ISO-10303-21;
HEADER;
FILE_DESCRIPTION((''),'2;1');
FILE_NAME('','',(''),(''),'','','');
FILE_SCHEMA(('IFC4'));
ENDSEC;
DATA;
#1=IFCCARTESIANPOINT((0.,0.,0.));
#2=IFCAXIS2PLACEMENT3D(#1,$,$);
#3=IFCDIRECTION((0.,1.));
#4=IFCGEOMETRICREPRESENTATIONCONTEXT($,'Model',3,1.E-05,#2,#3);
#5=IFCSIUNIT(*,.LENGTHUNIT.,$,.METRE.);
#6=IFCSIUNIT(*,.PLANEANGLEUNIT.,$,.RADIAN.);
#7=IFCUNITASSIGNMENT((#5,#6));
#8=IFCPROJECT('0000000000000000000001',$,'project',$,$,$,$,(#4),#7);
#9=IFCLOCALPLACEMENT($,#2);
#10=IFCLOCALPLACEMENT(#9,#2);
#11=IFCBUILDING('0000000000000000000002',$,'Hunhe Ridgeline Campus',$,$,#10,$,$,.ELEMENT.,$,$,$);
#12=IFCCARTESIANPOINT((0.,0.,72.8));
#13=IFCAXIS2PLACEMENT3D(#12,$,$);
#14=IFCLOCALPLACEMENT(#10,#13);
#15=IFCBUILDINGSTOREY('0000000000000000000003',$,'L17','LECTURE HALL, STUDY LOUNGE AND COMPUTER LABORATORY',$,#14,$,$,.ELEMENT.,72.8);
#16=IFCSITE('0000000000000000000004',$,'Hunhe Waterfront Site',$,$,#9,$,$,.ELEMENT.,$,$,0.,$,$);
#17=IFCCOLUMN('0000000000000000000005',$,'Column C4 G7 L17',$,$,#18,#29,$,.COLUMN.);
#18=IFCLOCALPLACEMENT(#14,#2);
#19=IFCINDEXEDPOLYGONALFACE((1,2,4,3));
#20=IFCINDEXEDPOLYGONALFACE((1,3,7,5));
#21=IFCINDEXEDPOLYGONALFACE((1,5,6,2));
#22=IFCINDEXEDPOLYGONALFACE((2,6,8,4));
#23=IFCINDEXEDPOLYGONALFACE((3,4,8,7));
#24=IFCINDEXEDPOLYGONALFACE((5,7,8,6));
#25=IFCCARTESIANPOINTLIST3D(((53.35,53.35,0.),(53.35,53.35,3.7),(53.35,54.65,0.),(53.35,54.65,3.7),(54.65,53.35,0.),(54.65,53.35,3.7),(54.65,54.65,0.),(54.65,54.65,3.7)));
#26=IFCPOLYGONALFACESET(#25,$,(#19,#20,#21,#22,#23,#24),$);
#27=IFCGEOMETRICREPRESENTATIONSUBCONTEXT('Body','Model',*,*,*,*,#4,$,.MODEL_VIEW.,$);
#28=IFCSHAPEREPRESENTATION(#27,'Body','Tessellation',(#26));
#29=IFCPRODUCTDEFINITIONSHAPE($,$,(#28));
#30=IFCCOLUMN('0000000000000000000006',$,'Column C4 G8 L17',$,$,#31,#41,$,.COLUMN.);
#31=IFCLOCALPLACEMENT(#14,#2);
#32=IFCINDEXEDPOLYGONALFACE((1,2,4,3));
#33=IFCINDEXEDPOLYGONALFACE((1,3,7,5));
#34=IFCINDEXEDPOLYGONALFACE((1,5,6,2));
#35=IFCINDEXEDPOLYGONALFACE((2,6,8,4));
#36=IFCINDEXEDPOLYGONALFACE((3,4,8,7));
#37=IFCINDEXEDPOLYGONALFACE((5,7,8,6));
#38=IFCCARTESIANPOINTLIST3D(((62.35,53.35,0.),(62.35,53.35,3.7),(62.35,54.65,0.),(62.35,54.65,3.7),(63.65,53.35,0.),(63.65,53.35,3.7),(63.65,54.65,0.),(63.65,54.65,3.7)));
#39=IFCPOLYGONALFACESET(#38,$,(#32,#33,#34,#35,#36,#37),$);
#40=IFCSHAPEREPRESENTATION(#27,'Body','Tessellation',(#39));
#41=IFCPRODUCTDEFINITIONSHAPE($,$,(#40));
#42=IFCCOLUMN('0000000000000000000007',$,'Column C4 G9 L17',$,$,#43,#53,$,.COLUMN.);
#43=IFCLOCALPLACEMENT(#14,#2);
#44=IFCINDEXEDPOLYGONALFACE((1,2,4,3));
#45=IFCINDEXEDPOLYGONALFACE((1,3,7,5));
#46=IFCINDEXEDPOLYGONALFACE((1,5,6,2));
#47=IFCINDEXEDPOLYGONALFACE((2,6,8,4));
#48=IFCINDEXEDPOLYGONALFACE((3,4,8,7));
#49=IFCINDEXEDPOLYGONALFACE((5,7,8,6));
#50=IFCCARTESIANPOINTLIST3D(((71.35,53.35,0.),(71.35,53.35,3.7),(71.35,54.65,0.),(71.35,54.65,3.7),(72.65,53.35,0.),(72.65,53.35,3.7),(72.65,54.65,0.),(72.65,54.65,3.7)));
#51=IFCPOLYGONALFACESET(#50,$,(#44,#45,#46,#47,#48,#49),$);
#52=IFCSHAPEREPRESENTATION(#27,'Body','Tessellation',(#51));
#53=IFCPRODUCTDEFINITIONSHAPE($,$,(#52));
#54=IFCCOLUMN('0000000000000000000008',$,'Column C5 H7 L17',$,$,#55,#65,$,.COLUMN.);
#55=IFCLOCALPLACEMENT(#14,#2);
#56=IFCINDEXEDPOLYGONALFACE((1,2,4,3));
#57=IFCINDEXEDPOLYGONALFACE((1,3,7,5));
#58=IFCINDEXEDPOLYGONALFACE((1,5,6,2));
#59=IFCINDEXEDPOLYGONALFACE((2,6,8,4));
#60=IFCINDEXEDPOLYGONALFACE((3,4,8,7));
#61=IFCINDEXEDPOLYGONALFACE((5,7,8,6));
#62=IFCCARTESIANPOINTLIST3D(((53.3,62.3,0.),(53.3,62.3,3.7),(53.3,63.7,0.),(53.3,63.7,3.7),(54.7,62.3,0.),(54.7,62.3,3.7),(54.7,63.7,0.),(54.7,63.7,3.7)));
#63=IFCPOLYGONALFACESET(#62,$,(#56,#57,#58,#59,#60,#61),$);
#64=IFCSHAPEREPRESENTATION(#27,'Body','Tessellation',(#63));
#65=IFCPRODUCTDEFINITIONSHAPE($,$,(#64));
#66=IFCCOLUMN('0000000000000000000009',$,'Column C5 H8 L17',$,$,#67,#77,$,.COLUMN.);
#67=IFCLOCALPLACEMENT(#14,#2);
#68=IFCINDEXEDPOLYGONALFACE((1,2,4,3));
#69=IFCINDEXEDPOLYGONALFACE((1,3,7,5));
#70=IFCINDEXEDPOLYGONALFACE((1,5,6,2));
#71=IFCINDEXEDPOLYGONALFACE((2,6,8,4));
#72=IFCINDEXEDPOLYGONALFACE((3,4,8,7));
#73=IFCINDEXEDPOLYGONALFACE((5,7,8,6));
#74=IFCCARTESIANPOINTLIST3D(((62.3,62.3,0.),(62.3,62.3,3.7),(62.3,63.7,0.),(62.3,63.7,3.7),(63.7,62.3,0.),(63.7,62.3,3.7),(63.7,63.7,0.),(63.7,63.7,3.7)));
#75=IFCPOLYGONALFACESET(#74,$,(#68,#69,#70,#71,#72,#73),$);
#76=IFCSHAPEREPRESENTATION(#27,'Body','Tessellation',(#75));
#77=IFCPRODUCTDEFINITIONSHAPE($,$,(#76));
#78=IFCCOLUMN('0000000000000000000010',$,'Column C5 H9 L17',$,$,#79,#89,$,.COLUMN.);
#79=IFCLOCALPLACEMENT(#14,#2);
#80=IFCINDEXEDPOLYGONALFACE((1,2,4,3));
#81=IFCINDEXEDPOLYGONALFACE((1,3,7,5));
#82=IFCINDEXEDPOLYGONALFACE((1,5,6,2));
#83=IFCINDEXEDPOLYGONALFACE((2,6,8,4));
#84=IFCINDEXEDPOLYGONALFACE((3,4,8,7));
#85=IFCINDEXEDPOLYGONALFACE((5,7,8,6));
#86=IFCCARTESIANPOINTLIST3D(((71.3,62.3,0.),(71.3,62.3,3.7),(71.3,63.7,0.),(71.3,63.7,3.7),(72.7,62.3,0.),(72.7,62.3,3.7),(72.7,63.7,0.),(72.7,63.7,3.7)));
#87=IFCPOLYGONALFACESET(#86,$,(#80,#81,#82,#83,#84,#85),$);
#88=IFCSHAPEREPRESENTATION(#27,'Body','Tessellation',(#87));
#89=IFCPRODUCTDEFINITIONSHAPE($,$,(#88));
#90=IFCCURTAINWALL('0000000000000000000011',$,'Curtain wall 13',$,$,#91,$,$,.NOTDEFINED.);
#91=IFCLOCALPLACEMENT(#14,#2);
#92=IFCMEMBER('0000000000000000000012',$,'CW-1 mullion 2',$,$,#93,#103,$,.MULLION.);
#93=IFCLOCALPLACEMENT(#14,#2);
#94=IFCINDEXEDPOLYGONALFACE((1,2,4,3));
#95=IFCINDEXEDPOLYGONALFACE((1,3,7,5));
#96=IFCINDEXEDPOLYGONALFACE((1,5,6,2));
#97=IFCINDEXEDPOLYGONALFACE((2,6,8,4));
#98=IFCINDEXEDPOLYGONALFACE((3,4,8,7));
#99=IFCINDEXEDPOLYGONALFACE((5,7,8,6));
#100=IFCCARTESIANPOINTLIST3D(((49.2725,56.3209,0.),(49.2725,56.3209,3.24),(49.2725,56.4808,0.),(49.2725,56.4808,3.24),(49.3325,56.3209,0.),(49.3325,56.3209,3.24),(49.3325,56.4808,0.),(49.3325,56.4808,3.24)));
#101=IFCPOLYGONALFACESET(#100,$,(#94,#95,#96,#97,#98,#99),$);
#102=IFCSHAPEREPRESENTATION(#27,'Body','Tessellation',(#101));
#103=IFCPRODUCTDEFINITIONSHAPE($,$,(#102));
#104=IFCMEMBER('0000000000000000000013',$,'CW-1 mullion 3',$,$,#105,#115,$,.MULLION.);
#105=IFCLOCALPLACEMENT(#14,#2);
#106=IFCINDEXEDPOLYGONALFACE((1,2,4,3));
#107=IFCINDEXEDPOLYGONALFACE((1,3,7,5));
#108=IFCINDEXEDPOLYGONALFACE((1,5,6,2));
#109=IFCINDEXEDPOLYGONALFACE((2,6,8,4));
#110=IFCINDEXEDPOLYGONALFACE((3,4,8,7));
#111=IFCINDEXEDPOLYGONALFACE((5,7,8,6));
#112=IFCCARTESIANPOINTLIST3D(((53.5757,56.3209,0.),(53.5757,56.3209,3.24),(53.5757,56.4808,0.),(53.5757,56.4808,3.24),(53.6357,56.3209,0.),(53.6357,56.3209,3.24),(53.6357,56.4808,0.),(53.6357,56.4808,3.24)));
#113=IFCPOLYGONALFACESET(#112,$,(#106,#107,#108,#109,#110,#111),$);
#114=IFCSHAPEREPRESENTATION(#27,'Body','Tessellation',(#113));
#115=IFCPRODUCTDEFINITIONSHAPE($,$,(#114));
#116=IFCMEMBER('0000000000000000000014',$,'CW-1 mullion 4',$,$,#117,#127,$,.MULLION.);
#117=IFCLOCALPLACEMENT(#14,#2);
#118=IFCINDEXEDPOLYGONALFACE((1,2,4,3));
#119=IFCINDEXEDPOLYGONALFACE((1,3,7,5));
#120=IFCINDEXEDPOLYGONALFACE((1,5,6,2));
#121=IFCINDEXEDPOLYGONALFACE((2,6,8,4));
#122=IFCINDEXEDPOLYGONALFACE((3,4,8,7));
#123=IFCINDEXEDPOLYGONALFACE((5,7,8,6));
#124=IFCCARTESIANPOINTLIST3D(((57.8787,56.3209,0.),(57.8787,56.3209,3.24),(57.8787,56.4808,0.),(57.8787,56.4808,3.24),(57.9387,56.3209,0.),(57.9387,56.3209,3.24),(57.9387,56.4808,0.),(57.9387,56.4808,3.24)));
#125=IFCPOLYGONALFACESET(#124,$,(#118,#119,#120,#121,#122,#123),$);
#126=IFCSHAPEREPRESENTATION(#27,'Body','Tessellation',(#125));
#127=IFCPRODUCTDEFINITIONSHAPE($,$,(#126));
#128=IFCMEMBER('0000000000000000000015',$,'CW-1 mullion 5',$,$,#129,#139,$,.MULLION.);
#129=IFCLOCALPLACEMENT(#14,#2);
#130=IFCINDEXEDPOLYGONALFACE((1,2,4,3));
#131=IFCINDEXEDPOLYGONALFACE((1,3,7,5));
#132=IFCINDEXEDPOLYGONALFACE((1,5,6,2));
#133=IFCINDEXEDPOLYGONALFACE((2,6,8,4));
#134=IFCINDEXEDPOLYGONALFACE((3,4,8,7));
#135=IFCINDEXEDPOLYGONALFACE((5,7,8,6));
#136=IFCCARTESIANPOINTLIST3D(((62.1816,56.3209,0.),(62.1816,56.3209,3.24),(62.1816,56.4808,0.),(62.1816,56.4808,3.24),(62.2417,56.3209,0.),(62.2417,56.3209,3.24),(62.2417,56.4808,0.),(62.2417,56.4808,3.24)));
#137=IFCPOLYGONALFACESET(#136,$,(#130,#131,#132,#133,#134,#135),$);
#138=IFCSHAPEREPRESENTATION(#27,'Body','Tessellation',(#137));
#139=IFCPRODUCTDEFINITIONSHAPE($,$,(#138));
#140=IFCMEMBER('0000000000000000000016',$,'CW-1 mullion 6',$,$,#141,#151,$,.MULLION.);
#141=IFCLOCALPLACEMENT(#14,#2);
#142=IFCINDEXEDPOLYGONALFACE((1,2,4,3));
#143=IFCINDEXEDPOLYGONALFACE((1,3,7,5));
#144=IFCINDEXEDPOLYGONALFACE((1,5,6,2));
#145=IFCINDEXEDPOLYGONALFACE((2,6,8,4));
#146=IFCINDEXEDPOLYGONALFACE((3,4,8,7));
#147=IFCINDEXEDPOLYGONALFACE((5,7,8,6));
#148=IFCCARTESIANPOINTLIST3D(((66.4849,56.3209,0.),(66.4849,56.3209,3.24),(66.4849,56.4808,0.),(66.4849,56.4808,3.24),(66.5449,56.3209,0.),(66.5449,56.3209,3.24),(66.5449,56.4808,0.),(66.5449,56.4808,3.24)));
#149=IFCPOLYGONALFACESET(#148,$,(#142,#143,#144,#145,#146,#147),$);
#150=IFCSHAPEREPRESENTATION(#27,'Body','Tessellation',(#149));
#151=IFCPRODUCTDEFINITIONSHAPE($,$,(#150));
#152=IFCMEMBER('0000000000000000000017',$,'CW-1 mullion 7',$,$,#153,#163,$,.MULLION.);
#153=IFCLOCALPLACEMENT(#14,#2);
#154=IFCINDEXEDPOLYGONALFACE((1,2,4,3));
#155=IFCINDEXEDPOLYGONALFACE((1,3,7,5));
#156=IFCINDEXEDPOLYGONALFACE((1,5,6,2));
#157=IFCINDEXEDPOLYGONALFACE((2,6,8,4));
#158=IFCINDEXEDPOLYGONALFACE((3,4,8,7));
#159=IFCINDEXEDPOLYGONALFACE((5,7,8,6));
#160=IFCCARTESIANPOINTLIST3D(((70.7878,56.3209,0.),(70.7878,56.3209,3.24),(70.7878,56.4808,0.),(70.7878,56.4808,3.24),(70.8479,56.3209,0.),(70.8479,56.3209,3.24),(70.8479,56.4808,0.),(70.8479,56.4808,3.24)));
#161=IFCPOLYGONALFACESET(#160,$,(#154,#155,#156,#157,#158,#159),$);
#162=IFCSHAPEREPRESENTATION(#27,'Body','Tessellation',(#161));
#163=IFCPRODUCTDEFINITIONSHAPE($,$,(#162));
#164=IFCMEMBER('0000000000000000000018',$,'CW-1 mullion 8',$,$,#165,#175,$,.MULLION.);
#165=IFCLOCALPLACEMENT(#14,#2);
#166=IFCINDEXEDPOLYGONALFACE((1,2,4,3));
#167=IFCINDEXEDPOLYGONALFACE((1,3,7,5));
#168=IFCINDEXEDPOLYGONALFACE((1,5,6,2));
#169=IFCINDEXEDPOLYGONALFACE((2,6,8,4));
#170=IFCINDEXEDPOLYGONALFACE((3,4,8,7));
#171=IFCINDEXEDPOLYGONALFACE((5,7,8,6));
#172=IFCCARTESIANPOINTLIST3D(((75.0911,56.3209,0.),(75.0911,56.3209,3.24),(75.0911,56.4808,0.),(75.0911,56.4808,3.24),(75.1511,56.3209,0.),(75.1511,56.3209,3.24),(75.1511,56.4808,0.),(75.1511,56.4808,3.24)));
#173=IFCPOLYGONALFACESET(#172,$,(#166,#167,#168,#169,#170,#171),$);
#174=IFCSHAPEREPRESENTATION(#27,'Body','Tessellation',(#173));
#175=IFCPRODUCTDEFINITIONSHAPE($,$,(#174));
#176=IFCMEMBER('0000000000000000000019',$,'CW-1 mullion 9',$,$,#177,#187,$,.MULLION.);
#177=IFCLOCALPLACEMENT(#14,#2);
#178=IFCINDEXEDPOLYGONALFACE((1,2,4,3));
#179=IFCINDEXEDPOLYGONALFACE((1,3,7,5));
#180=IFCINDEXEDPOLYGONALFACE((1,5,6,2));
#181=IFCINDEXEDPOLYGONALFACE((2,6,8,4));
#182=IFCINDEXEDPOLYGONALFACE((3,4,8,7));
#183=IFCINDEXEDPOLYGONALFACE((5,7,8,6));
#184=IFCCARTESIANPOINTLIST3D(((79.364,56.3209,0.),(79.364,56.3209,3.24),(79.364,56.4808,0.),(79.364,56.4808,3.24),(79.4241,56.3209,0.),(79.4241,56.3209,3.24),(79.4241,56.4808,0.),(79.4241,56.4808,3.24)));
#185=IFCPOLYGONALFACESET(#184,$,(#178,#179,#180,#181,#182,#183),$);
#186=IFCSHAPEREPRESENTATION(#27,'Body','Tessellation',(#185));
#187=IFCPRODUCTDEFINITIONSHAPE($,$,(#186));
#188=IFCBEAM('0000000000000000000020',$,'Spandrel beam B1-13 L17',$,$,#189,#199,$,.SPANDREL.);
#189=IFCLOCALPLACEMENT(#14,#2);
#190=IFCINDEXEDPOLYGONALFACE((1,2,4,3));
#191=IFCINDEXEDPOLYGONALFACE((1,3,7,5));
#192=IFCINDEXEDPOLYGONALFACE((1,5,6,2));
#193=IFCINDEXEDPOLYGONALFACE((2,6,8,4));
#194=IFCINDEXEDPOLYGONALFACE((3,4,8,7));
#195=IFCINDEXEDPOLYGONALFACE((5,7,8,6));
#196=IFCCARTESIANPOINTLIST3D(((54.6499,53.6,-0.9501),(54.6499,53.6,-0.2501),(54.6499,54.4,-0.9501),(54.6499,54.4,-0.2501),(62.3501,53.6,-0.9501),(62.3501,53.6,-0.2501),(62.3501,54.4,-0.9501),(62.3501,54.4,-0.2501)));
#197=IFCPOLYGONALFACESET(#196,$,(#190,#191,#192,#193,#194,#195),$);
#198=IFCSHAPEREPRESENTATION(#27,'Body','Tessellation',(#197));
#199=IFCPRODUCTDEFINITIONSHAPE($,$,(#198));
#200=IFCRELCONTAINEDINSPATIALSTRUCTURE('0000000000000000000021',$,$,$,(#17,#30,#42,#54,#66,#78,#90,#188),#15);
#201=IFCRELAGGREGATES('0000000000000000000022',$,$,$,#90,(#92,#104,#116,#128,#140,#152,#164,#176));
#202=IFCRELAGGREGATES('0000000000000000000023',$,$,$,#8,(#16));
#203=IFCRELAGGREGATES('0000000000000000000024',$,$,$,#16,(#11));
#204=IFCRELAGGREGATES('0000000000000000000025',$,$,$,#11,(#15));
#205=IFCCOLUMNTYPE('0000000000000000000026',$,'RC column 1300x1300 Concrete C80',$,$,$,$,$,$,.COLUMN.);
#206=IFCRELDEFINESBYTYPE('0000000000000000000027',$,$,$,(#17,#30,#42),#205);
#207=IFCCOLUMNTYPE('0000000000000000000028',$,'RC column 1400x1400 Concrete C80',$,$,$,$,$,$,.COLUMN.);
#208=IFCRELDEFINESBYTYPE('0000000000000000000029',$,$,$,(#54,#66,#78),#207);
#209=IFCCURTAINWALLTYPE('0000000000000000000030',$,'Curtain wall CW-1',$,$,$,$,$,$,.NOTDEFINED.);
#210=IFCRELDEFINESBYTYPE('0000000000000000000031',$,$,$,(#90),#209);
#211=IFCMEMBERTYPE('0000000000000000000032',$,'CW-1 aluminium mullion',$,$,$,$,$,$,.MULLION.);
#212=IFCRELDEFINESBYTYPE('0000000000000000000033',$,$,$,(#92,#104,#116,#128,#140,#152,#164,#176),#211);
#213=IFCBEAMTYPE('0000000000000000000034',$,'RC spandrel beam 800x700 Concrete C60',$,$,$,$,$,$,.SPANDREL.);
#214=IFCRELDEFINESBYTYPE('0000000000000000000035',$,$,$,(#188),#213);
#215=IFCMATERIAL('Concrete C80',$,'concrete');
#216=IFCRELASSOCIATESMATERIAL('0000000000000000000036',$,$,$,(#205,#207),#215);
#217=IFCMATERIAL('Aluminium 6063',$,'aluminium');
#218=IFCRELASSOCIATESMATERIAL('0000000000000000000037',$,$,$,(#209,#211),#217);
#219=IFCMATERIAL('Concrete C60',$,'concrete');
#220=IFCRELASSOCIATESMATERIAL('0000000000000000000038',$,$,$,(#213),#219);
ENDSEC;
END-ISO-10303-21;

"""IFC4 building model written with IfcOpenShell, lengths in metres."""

from ifc_helpers import new_model, si_unit, direction, frame, origin, origin_2d, place, context, subcontext, project, spatial, rectangle, extrude, material, material_profile, profile_set, type_object, element, aggregate, save


model = new_model("IFC4")

# Units and contexts
model_context = context("Model", 3, precision=1e-05, world=origin(), true_north=direction((0.0, 1.0)))
body_context = subcontext(model_context, "Body", "Model", "MODEL_VIEW")
ifc_project = project(units=[si_unit("LENGTHUNIT", "METRE"), si_unit("PLANEANGLEUNIT", "RADIAN")], contexts=[model_context])

# Site, building, storey
site_placement = place(None, origin())
site = spatial("IfcSite", under=ifc_project, at=site_placement, Name="Hunhe Waterfront Site", CompositionType="ELEMENT", RefElevation=0.0)
building_placement = place(site_placement, origin())
building = spatial("IfcBuilding", under=site, at=building_placement, Name="Hunhe Ridgeline Campus", CompositionType="ELEMENT")
storey_placement = place(building_placement, frame((0.0, 0.0, 72.8)))
storey = spatial("IfcBuildingStorey", under=building, at=storey_placement, Name="L17", Description="LECTURE HALL, STUDY LOUNGE AND COMPUTER LABORATORY", CompositionType="ELEMENT", Elevation=72.8)

# Columns
ifc_material_1 = material(Name="Concrete C80", Category="concrete")
ifc_material_profile_1 = material_profile(ifc_material_1, rectangle(XDim=1.3, YDim=1.3, at=origin_2d()))
ifc_profile_set_1 = profile_set([ifc_material_profile_1], Name="Concrete C80")
column_type_1 = type_object("IfcColumnType", Name="RC column 1300x1300 Concrete C80", PredefinedType="COLUMN", material=ifc_profile_set_1)
for number, where, z_axis, x_axis, name in (
    (1, (54.0, 54.0, 0.0), (0.0, 0.0, 1.0), (1.0, 0.0, 0.0), "Column C4 G7 L17"),
    (2, (63.0, 54.0, 0.0), (0.0, 0.0, 1.0), (1.0, 0.0, 0.0), "Column C4 G8 L17"),
    (3, (72.0, 54.0, 0.0), (0.0, 0.0, 1.0), (1.0, 0.0, 0.0), "Column C4 G9 L17"),
):
    element("IfcColumn", number, at=place(storey_placement, frame(where, z_axis=z_axis, x_axis=x_axis)), inside=storey, type_object=column_type_1, Name=name, PredefinedType="COLUMN", context=body_context, shape_type="SweptSolid", body=[
        extrude(rectangle(XDim=1.3, YDim=1.3, at=origin_2d()), origin(), (0.0, 0.0, 1.0), 3.7),
    ])
ifc_material_profile_2 = material_profile(ifc_material_1, rectangle(XDim=1.3999, YDim=1.3999, at=origin_2d()))
ifc_profile_set_2 = profile_set([ifc_material_profile_2], Name="Concrete C80")
column_type_2 = type_object("IfcColumnType", Name="RC column 1400x1400 Concrete C80", PredefinedType="COLUMN", material=ifc_profile_set_2)
for number, where, z_axis, x_axis, name in (
    (4, (54.0, 63.0, 0.0), (0.0, 0.0, 1.0), (1.0, 0.0, 0.0), "Column C5 H7 L17"),
    (5, (63.0, 63.0, 0.0), (0.0, 0.0, 1.0), (1.0, 0.0, 0.0), "Column C5 H8 L17"),
    (6, (72.0, 63.0, 0.0), (0.0, 0.0, 1.0), (1.0, 0.0, 0.0), "Column C5 H9 L17"),
):
    element("IfcColumn", number, at=place(storey_placement, frame(where, z_axis=z_axis, x_axis=x_axis)), inside=storey, type_object=column_type_2, Name=name, PredefinedType="COLUMN", context=body_context, shape_type="SweptSolid", body=[
        extrude(rectangle(XDim=1.3999, YDim=1.3999, at=origin_2d()), origin(), (0.0, 0.0, 1.0), 3.7),
    ])

# Curtain wall, members
ifc_material_2 = material(Name="Aluminium 6063", Category="aluminium")
curtain_wall_type = type_object("IfcCurtainWallType", Name="Curtain wall CW-1", PredefinedType="NOTDEFINED", material=ifc_material_2)
curtain_wall_placement = place(storey_placement, origin())
curtain_wall = element("IfcCurtainWall", 7, at=curtain_wall_placement, inside=storey, type_object=curtain_wall_type, Name="Curtain wall 13", PredefinedType="NOTDEFINED")
ifc_material_profile_3 = material_profile(ifc_material_2, rectangle(XDim=0.1599, YDim=0.0601, at=origin_2d()))
ifc_profile_set_3 = profile_set([ifc_material_profile_3], Name="Aluminium 6063")
member_type = type_object("IfcMemberType", Name="CW-1 aluminium mullion", PredefinedType="MULLION", material=ifc_profile_set_3)
member_1_placement = place(storey_placement, frame((49.3025, 56.4009, 0.0), z_axis=(0.0, 0.0, 1.0), x_axis=(-0.000004, 1.0, 0.0)))
member_1 = element("IfcMember", 8, at=member_1_placement, type_object=member_type, Name="CW-1 mullion 2", PredefinedType="MULLION", context=body_context, shape_type="SweptSolid", body=[
    extrude(rectangle(XDim=0.1599, YDim=0.0601, at=origin_2d()), origin(), (0.0, 0.0, 1.0), 3.24),
])
member_2_placement = place(storey_placement, frame((53.6057, 56.4009, 0.0), z_axis=(0.0, 0.0, 1.0), x_axis=(-0.000004, 1.0, 0.0)))
member_2 = element("IfcMember", 9, at=member_2_placement, type_object=member_type, Name="CW-1 mullion 3", PredefinedType="MULLION", context=body_context, shape_type="SweptSolid", body=[
    extrude(rectangle(XDim=0.1599, YDim=0.0601, at=origin_2d()), origin(), (0.0, 0.0, 1.0), 3.24),
])
member_3_placement = place(storey_placement, frame((57.9087, 56.4009, 0.0), z_axis=(0.0, 0.0, 1.0), x_axis=(-0.000004, 1.0, 0.0)))
member_3 = element("IfcMember", 10, at=member_3_placement, type_object=member_type, Name="CW-1 mullion 4", PredefinedType="MULLION", context=body_context, shape_type="SweptSolid", body=[
    extrude(rectangle(XDim=0.1599, YDim=0.0601, at=origin_2d()), origin(), (0.0, 0.0, 1.0), 3.24),
])
member_4_placement = place(storey_placement, frame((62.2117, 56.4009, 0.0), z_axis=(0.0, 0.0, 1.0), x_axis=(-0.000004, 1.0, 0.0)))
member_4 = element("IfcMember", 11, at=member_4_placement, type_object=member_type, Name="CW-1 mullion 5", PredefinedType="MULLION", context=body_context, shape_type="SweptSolid", body=[
    extrude(rectangle(XDim=0.1599, YDim=0.0601, at=origin_2d()), origin(), (0.0, 0.0, 1.0), 3.24),
])
member_5_placement = place(storey_placement, frame((66.5149, 56.4009, 0.0), z_axis=(0.0, 0.0, 1.0), x_axis=(-0.000004, 1.0, 0.0)))
member_5 = element("IfcMember", 12, at=member_5_placement, type_object=member_type, Name="CW-1 mullion 6", PredefinedType="MULLION", context=body_context, shape_type="SweptSolid", body=[
    extrude(rectangle(XDim=0.1599, YDim=0.0601, at=origin_2d()), origin(), (0.0, 0.0, 1.0), 3.24),
])
member_6_placement = place(storey_placement, frame((70.8179, 56.4009, 0.0), z_axis=(0.0, 0.0, 1.0), x_axis=(-0.000004, 1.0, 0.0)))
member_6 = element("IfcMember", 13, at=member_6_placement, type_object=member_type, Name="CW-1 mullion 7", PredefinedType="MULLION", context=body_context, shape_type="SweptSolid", body=[
    extrude(rectangle(XDim=0.1599, YDim=0.0601, at=origin_2d()), origin(), (0.0, 0.0, 1.0), 3.24),
])
member_7_placement = place(storey_placement, frame((75.1211, 56.4009, 0.0), z_axis=(0.0, 0.0, 1.0), x_axis=(-0.000004, 1.0, 0.0)))
member_7 = element("IfcMember", 14, at=member_7_placement, type_object=member_type, Name="CW-1 mullion 8", PredefinedType="MULLION", context=body_context, shape_type="SweptSolid", body=[
    extrude(rectangle(XDim=0.1599, YDim=0.0601, at=origin_2d()), origin(), (0.0, 0.0, 1.0), 3.24),
])
member_8_placement = place(storey_placement, frame((79.394, 56.4009, 0.0), z_axis=(0.0, 0.0, 1.0), x_axis=(-0.000004, 1.0, 0.0)))
member_8 = element("IfcMember", 15, at=member_8_placement, type_object=member_type, Name="CW-1 mullion 9", PredefinedType="MULLION", context=body_context, shape_type="SweptSolid", body=[
    extrude(rectangle(XDim=0.1599, YDim=0.0601, at=origin_2d()), origin(), (0.0, 0.0, 1.0), 3.24),
])

# Beam
ifc_material_3 = material(Name="Concrete C60", Category="concrete")
ifc_material_profile_4 = material_profile(ifc_material_3, rectangle(XDim=0.8, YDim=0.7, at=origin_2d()))
ifc_profile_set_4 = profile_set([ifc_material_profile_4], Name="Concrete C60")
beam_type = type_object("IfcBeamType", Name="RC spandrel beam 800x700 Concrete C60", PredefinedType="SPANDREL", material=ifc_profile_set_4)
for number, where, z_axis, x_axis, name in (
    (16, (54.6499, 54.0, -0.6001), (1.0, 0.0, 0.0), (0.0, 1.0, 0.0), "Spandrel beam B1-13 L17"),
):
    element("IfcBeam", number, at=place(storey_placement, frame(where, z_axis=z_axis, x_axis=x_axis)), inside=storey, type_object=beam_type, Name=name, PredefinedType="SPANDREL", context=body_context, shape_type="SweptSolid", body=[
        extrude(rectangle(XDim=0.8, YDim=0.7, at=origin_2d()), origin(), (0.0, 0.0, 1.0), 7.7002),
    ])

aggregate(curtain_wall, [member_1, member_2, member_3, member_4, member_5, member_6, member_7, member_8])

save(model, "model.ifc")
